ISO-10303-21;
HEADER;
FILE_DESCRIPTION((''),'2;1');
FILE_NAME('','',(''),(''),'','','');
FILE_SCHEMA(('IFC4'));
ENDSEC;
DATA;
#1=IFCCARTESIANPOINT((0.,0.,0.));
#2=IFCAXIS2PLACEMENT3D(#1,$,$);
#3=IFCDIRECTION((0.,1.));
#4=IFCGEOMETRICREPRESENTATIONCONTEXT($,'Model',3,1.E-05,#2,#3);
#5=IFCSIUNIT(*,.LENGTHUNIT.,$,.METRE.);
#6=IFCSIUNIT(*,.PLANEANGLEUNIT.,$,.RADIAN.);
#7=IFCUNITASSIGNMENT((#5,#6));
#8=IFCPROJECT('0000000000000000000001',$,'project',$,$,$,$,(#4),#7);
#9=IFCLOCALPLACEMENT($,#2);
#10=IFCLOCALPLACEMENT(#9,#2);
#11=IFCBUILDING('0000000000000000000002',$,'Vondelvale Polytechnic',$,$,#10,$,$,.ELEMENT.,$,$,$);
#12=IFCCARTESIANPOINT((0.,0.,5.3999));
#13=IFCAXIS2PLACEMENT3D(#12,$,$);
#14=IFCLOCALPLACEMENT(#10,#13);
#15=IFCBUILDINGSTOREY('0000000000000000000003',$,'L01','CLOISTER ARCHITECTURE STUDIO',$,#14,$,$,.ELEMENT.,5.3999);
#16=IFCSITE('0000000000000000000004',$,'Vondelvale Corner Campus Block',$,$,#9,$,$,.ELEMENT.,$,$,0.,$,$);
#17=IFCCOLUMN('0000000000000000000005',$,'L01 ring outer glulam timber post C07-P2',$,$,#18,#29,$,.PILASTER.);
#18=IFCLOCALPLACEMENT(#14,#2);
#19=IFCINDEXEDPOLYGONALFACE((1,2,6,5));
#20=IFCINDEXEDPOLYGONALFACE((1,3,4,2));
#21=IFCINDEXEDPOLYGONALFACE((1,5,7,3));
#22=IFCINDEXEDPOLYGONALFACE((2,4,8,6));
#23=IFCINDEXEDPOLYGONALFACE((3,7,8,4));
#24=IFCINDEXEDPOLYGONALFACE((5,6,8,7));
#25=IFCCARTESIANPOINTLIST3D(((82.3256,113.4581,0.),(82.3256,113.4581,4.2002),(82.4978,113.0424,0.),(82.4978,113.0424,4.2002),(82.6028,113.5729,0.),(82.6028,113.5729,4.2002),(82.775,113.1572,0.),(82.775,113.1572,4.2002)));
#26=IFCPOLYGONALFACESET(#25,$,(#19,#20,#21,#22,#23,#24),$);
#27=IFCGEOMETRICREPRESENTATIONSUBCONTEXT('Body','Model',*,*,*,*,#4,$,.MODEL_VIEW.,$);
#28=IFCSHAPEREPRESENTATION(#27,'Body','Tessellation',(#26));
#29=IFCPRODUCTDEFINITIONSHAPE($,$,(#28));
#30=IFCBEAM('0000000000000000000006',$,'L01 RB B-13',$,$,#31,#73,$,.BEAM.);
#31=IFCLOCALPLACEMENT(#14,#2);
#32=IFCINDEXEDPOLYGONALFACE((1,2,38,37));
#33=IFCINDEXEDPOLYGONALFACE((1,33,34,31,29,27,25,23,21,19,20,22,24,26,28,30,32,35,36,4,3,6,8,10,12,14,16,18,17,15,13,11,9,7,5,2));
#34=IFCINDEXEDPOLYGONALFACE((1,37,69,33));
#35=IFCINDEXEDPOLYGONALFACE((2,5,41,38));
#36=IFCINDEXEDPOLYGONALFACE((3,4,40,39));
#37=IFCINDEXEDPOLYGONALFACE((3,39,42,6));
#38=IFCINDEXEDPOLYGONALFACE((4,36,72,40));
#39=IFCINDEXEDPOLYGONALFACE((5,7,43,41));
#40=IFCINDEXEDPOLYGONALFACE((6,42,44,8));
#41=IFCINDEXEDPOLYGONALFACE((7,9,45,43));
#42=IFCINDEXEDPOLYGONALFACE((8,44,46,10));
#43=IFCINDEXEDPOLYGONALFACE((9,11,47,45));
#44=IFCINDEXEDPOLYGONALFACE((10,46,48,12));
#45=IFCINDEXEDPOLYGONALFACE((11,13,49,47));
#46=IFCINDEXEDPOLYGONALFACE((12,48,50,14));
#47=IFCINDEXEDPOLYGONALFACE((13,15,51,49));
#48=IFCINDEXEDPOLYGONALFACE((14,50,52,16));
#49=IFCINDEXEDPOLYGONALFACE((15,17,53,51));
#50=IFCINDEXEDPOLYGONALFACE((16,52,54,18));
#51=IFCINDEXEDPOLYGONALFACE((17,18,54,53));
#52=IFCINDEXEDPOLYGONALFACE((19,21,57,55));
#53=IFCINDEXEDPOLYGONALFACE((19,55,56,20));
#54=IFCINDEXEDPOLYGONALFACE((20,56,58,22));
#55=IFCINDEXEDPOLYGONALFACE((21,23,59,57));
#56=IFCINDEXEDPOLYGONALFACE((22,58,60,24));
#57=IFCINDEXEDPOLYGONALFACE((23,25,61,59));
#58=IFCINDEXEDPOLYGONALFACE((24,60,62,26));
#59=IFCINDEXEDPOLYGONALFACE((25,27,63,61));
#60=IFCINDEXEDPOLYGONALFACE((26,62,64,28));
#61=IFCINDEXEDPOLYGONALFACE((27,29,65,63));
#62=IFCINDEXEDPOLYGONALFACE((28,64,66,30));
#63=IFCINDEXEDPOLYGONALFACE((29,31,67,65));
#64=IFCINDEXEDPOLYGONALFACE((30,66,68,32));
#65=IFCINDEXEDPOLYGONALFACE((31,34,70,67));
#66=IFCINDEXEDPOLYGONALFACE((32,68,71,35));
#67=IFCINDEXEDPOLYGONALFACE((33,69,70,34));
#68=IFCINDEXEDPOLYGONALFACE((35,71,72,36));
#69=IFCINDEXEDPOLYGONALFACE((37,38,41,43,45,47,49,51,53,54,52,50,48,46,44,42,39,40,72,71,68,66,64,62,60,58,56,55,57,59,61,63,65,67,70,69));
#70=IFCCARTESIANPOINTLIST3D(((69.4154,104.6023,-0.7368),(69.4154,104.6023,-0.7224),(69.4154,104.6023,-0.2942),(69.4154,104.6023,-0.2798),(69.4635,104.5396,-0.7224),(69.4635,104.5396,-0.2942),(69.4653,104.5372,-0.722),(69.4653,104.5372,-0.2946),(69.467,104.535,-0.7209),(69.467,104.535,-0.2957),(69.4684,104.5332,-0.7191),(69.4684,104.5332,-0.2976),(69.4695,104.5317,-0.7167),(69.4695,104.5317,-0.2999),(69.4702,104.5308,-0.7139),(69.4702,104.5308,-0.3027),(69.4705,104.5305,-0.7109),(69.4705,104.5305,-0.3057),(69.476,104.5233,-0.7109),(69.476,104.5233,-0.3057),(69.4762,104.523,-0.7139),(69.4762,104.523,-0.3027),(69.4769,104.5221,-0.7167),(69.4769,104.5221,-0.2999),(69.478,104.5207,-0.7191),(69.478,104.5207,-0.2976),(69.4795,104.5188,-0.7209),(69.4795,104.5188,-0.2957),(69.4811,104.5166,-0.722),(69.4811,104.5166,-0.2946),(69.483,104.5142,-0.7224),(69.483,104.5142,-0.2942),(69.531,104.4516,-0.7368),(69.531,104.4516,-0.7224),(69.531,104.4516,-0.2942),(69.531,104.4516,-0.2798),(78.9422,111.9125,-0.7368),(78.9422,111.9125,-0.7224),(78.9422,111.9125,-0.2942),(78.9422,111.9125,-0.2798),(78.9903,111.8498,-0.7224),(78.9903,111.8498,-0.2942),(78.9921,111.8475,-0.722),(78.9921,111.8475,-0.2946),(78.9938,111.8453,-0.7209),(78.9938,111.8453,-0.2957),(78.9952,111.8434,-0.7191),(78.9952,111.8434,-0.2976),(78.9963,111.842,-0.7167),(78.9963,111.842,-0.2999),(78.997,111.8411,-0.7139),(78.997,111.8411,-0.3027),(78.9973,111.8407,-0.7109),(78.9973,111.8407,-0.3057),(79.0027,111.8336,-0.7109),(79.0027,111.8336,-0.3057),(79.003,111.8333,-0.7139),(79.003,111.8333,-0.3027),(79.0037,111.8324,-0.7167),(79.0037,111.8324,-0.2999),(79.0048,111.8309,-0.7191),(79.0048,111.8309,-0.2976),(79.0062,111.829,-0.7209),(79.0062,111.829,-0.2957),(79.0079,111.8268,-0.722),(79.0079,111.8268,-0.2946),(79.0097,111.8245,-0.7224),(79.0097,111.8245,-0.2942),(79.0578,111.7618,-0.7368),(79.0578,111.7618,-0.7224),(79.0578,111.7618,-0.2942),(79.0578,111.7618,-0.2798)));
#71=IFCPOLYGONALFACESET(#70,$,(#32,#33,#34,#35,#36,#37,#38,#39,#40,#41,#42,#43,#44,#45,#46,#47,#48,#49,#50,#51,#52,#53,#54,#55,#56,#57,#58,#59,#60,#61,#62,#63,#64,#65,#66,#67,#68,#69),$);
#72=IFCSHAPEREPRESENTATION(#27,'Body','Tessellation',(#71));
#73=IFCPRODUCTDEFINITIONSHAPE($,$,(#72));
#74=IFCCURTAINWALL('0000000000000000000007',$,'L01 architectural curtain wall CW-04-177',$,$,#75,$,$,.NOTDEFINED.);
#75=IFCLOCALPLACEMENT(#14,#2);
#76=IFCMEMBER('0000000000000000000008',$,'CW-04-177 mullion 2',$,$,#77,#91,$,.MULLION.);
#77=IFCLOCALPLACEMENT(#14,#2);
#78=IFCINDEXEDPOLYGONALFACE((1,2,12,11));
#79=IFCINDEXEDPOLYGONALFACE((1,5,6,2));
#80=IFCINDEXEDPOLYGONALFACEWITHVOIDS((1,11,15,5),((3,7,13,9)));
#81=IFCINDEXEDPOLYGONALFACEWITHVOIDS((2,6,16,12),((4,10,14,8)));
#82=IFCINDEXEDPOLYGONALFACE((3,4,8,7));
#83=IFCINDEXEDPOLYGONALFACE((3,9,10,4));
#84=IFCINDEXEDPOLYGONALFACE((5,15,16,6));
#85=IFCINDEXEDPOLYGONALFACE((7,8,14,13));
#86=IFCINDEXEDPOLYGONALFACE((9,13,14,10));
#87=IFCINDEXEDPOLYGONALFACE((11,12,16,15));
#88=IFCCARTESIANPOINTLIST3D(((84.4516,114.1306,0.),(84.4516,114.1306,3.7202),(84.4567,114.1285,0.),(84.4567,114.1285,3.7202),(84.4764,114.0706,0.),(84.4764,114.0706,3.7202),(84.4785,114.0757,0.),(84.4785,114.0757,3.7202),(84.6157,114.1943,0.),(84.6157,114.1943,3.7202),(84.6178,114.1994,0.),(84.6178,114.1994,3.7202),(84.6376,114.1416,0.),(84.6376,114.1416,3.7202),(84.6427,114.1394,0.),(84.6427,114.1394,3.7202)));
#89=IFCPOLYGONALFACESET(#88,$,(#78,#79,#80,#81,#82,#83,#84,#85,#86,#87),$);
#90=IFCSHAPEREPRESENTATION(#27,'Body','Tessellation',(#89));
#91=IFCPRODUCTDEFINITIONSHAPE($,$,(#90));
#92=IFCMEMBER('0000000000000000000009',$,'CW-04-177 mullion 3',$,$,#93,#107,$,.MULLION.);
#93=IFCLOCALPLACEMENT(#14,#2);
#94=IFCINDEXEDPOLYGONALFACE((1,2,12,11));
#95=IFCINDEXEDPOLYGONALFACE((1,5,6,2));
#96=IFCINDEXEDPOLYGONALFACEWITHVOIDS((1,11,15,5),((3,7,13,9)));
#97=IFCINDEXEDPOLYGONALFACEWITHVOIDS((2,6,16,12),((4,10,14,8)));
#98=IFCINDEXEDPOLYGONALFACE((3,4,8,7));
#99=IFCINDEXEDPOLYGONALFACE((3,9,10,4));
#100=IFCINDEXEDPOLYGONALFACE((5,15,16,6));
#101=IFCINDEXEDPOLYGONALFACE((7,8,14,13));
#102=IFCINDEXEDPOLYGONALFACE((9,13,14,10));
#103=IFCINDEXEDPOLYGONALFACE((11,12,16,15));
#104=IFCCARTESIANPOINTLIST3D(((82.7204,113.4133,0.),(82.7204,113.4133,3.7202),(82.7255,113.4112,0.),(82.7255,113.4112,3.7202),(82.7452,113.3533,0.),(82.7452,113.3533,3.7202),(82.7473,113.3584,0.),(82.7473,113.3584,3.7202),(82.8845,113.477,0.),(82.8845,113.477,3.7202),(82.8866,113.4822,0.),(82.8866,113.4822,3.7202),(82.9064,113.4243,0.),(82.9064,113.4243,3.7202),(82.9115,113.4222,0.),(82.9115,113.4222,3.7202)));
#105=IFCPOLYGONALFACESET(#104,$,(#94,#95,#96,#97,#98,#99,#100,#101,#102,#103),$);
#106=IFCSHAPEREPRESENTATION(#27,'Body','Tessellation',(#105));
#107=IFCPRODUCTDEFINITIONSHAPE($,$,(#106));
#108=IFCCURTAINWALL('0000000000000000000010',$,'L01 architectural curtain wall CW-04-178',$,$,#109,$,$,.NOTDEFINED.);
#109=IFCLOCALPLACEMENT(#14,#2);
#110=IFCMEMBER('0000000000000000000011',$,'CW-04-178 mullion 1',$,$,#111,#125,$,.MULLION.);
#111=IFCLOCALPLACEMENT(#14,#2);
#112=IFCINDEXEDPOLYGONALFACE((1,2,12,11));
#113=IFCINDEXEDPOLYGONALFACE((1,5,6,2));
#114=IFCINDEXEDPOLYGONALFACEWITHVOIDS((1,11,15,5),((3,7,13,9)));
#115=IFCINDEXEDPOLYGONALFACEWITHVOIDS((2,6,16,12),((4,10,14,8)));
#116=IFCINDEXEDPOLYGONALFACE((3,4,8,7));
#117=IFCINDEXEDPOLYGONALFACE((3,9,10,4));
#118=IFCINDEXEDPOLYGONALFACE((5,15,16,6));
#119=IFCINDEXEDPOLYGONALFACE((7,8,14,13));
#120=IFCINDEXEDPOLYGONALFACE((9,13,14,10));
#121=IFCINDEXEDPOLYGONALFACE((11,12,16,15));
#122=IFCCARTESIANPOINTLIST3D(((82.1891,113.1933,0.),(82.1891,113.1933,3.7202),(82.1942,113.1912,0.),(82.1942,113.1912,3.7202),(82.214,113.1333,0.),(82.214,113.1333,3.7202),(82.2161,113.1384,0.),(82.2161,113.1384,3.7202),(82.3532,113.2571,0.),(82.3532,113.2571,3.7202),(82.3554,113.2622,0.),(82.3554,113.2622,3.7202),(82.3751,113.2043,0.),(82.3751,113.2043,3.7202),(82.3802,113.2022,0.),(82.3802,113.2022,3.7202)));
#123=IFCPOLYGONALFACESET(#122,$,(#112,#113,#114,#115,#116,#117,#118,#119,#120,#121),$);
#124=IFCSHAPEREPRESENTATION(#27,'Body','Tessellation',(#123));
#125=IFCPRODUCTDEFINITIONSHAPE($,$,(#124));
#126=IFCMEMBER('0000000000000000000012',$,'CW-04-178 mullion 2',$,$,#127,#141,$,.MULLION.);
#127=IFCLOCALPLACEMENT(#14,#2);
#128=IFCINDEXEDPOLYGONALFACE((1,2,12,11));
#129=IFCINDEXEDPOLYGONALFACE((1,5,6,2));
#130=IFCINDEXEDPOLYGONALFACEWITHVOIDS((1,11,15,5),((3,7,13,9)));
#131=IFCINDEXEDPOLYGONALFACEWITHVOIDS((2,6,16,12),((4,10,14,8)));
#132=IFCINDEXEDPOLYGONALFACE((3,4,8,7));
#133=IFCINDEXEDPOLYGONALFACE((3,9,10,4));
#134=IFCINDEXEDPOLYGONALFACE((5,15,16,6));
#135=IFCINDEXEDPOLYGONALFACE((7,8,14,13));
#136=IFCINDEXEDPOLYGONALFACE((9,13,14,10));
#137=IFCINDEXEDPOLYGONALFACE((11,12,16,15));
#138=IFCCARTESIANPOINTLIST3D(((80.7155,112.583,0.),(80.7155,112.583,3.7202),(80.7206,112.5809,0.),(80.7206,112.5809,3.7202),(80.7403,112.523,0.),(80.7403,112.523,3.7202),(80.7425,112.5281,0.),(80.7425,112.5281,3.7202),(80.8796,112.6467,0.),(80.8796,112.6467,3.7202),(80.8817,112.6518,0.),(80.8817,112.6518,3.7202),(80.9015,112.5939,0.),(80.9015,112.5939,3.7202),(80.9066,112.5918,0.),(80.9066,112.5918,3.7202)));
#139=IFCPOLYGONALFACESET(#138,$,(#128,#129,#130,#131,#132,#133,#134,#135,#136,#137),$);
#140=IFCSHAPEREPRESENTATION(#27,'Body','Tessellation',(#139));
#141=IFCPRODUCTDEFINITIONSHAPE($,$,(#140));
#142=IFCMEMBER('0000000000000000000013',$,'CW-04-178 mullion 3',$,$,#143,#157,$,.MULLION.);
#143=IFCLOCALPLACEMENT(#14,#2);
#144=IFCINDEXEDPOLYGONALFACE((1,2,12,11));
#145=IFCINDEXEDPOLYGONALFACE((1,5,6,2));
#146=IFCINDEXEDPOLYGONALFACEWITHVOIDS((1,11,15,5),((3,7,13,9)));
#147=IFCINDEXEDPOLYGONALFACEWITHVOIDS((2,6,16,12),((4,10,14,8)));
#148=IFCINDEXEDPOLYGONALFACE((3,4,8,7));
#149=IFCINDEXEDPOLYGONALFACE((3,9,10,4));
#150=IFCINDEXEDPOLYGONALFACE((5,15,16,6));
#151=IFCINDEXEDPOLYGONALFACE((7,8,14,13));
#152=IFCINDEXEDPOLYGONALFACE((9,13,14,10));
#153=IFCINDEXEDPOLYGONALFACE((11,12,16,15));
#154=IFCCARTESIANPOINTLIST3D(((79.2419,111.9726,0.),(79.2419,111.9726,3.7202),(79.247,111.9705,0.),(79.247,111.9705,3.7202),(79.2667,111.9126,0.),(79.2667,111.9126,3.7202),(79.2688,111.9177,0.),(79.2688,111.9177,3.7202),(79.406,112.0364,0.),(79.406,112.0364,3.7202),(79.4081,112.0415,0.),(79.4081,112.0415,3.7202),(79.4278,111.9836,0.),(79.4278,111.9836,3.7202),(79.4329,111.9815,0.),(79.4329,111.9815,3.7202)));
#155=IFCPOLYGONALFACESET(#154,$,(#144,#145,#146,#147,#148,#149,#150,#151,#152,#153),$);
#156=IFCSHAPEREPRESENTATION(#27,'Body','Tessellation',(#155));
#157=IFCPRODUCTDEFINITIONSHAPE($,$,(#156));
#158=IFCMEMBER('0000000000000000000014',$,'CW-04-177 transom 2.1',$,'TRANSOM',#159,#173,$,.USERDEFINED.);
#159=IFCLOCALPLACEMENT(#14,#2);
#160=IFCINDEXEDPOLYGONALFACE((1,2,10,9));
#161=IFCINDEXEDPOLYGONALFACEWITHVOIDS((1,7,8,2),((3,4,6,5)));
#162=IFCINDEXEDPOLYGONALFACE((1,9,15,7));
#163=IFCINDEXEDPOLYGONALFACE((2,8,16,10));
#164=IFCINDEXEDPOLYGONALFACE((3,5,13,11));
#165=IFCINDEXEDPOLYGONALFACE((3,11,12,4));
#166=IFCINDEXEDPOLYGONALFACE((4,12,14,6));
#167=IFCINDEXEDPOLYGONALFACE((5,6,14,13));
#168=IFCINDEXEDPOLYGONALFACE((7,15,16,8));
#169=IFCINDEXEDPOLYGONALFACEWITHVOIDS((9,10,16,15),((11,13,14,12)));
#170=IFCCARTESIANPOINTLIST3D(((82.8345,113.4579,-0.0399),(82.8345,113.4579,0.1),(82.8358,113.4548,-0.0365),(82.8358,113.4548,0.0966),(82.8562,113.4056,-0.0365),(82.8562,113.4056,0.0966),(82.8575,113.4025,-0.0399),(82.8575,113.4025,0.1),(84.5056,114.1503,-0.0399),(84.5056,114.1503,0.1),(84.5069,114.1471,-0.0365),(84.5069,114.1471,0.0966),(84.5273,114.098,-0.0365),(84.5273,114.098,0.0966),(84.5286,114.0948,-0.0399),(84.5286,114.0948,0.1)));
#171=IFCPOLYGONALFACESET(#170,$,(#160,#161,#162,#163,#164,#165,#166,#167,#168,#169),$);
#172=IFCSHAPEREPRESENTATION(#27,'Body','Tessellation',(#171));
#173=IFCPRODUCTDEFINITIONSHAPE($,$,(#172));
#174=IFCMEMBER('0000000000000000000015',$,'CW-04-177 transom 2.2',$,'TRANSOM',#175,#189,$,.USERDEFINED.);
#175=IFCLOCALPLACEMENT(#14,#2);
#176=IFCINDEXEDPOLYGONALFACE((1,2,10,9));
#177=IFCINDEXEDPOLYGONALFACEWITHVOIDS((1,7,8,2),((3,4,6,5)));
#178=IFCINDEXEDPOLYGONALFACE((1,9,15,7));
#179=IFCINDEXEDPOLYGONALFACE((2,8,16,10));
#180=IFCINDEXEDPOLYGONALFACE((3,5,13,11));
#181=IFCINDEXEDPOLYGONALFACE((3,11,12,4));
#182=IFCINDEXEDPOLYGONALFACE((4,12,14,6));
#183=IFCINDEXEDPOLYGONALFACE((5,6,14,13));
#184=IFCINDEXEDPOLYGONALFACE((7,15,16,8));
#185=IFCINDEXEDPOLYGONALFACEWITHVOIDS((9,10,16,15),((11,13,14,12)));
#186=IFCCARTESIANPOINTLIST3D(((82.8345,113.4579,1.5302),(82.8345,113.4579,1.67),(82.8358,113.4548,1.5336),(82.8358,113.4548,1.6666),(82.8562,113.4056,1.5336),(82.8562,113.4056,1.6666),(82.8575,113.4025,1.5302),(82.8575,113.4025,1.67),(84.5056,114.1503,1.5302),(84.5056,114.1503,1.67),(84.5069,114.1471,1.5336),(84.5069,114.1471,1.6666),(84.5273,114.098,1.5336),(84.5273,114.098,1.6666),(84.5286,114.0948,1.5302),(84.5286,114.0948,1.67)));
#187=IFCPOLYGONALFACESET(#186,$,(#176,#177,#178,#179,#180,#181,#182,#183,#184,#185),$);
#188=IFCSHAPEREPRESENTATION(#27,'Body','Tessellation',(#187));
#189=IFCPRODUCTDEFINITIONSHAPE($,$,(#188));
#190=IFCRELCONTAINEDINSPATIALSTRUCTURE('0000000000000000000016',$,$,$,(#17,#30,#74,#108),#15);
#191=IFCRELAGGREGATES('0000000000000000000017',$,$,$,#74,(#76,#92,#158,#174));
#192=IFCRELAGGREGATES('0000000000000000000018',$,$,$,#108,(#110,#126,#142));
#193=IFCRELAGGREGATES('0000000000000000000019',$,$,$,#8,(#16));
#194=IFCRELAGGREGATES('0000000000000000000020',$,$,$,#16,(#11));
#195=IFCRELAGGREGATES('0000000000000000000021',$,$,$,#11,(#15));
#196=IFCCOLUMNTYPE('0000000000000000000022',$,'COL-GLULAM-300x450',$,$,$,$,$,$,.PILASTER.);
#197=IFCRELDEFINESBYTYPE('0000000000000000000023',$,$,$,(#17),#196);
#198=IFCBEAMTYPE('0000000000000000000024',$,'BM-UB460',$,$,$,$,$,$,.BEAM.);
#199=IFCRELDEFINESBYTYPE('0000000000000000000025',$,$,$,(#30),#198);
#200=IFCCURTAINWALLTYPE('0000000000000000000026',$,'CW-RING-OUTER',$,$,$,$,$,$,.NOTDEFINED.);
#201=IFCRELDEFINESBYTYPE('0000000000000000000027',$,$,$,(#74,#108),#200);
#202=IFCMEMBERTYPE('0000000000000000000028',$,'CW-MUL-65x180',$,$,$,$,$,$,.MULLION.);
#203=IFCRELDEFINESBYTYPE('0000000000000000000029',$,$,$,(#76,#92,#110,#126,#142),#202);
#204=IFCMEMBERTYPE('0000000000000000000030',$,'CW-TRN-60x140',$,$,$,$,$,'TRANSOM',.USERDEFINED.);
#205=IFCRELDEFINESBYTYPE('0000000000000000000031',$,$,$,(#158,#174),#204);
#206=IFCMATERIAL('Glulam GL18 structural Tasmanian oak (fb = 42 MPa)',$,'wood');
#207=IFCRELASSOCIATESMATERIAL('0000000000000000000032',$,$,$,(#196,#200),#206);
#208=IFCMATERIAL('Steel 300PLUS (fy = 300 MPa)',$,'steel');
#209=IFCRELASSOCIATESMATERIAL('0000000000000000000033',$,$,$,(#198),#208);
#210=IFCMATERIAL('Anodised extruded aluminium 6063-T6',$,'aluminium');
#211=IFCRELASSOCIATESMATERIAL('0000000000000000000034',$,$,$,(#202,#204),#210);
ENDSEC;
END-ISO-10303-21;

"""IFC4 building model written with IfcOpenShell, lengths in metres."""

from ifc_helpers import new_model, si_unit, direction, frame, origin, origin_2d, place, context, subcontext, project, spatial, rectangle, hollow_rectangle, i_section, extrude, material, material_profile, profile_set, type_object, element, aggregate, save


model = new_model("IFC4")

# Units and contexts
model_context = context("Model", 3, precision=1e-05, world=origin(), true_north=direction((0.0, 1.0)))
body_context = subcontext(model_context, "Body", "Model", "MODEL_VIEW")
ifc_project = project(units=[si_unit("LENGTHUNIT", "METRE"), si_unit("PLANEANGLEUNIT", "RADIAN")], contexts=[model_context])

# Site, building, storey
site_placement = place(None, origin())
site = spatial("IfcSite", under=ifc_project, at=site_placement, Name="Vondelvale Corner Campus Block", CompositionType="ELEMENT", RefElevation=0.0)
building_placement = place(site_placement, origin())
building = spatial("IfcBuilding", under=site, at=building_placement, Name="Vondelvale Polytechnic", CompositionType="ELEMENT")
storey_placement = place(building_placement, frame((0.0, 0.0, 5.3999)))
storey = spatial("IfcBuildingStorey", under=building, at=storey_placement, Name="L01", Description="CLOISTER ARCHITECTURE STUDIO", CompositionType="ELEMENT", Elevation=5.3999)

# Column
ifc_material_1 = material(Name="Glulam GL18 structural Tasmanian oak (fb = 42 MPa)", Category="wood")
ifc_material_profile_1 = material_profile(ifc_material_1, rectangle(XDim=0.3, YDim=0.45, at=origin_2d()), Name="GL-POST-300x450")
ifc_profile_set_1 = profile_set([ifc_material_profile_1], Name="Glulam GL18 structural Tasmanian oak (fb = 42 MPa)")
column_type = type_object("IfcColumnType", Name="COL-GLULAM-300x450", PredefinedType="PILASTER", material=ifc_profile_set_1)
column_placement = place(storey_placement, frame((82.5503, 113.3076, 0.0), z_axis=(0.0, 0.0, 1.0), x_axis=(0.92388, 0.382683, 0.0)))
element("IfcColumn", 1, at=column_placement, inside=storey, type_object=column_type, Name="L01 ring outer glulam timber post C07-P2", PredefinedType="PILASTER", context=body_context, shape_type="SweptSolid", body=[
    extrude(rectangle(XDim=0.3, YDim=0.45, at=origin_2d()), origin(), (0.0, 0.0, 1.0), 4.2002),
])

# Beam
ifc_material_2 = material(Name="Steel 300PLUS (fy = 300 MPa)", Category="steel")
ifc_material_profile_2 = material_profile(ifc_material_2, i_section(OverallWidth=0.1899, OverallDepth=0.457, WebThickness=0.009, FlangeThickness=0.0144, FilletRadius=0.0115, at=origin_2d()), Name="460UB74.6")
ifc_profile_set_2 = profile_set([ifc_material_profile_2], Name="Steel 300PLUS (fy = 300 MPa)")
beam_type = type_object("IfcBeamType", Name="BM-UB460", PredefinedType="BEAM", material=ifc_profile_set_2)
beam_placement = place(storey_placement, frame((79.0, 111.8372, -0.5083), z_axis=(-0.79335, -0.608766, 0.0), x_axis=(0.608766, -0.79335, 0.0)))
element("IfcBeam", 2, at=beam_placement, inside=storey, type_object=beam_type, Name="L01 RB B-13", PredefinedType="BEAM", context=body_context, shape_type="SweptSolid", body=[
    extrude(i_section(OverallWidth=0.1899, OverallDepth=0.457, WebThickness=0.009, FlangeThickness=0.0144, FilletRadius=0.0115, at=origin_2d()), origin(), (0.0, 0.0, 1.0), 12.0083),
])

# Curtain walls, members
curtain_wall_type = type_object("IfcCurtainWallType", Name="CW-RING-OUTER", PredefinedType="NOTDEFINED", material=ifc_material_1)
curtain_wall_1_placement = place(storey_placement, origin())
curtain_wall_1 = element("IfcCurtainWall", 3, at=curtain_wall_1_placement, inside=storey, type_object=curtain_wall_type, Name="L01 architectural curtain wall CW-04-177", PredefinedType="NOTDEFINED")
ifc_material_3 = material(Name="Anodised extruded aluminium 6063-T6", Category="aluminium")
ifc_material_profile_3 = material_profile(ifc_material_3, hollow_rectangle(XDim=0.0649, YDim=0.1799, WallThickness=0.0039, at=origin_2d()), Name="CW-MUL-180x65")
ifc_profile_set_3 = profile_set([ifc_material_profile_3], Name="Anodised extruded aluminium 6063-T6")
member_type_1 = type_object("IfcMemberType", Name="CW-MUL-65x180", PredefinedType="MULLION", material=ifc_profile_set_3)
member_1_placement = place(storey_placement, frame((84.5471, 114.135, 0.0), z_axis=(0.0, 0.0, 1.0), x_axis=(0.382695, -0.923875, 0.0)))
member_1 = element("IfcMember", 4, at=member_1_placement, type_object=member_type_1, Name="CW-04-177 mullion 2", PredefinedType="MULLION", context=body_context, shape_type="SweptSolid", body=[
    extrude(hollow_rectangle(XDim=0.0649, YDim=0.1799, WallThickness=0.0039, at=origin_2d()), origin(), (0.0, 0.0, 1.0), 3.7202),
])
member_2_placement = place(storey_placement, frame((82.8159, 113.4177, 0.0), z_axis=(0.0, 0.0, 1.0), x_axis=(0.382695, -0.923875, 0.0)))
member_2 = element("IfcMember", 5, at=member_2_placement, type_object=member_type_1, Name="CW-04-177 mullion 3", PredefinedType="MULLION", context=body_context, shape_type="SweptSolid", body=[
    extrude(hollow_rectangle(XDim=0.0649, YDim=0.1799, WallThickness=0.0039, at=origin_2d()), origin(), (0.0, 0.0, 1.0), 3.7202),
])
curtain_wall_2_placement = place(storey_placement, origin())
curtain_wall_2 = element("IfcCurtainWall", 6, at=curtain_wall_2_placement, inside=storey, type_object=curtain_wall_type, Name="L01 architectural curtain wall CW-04-178", PredefinedType="NOTDEFINED")
member_3_placement = place(storey_placement, frame((82.2847, 113.1978, 0.0), z_axis=(0.0, 0.0, 1.0), x_axis=(0.382677, -0.923882, 0.0)))
member_3 = element("IfcMember", 7, at=member_3_placement, type_object=member_type_1, Name="CW-04-178 mullion 1", PredefinedType="MULLION", context=body_context, shape_type="SweptSolid", body=[
    extrude(hollow_rectangle(XDim=0.0649, YDim=0.1799, WallThickness=0.0039, at=origin_2d()), origin(), (0.0, 0.0, 1.0), 3.7202),
])
member_4_placement = place(storey_placement, frame((80.811, 112.5874, 0.0), z_axis=(0.0, 0.0, 1.0), x_axis=(0.382677, -0.923882, 0.0)))
member_4 = element("IfcMember", 8, at=member_4_placement, type_object=member_type_1, Name="CW-04-178 mullion 2", PredefinedType="MULLION", context=body_context, shape_type="SweptSolid", body=[
    extrude(hollow_rectangle(XDim=0.0649, YDim=0.1799, WallThickness=0.0039, at=origin_2d()), origin(), (0.0, 0.0, 1.0), 3.7202),
])
member_5_placement = place(storey_placement, frame((79.3374, 111.9771, 0.0), z_axis=(0.0, 0.0, 1.0), x_axis=(0.382677, -0.923882, 0.0)))
member_5 = element("IfcMember", 9, at=member_5_placement, type_object=member_type_1, Name="CW-04-178 mullion 3", PredefinedType="MULLION", context=body_context, shape_type="SweptSolid", body=[
    extrude(hollow_rectangle(XDim=0.0649, YDim=0.1799, WallThickness=0.0039, at=origin_2d()), origin(), (0.0, 0.0, 1.0), 3.7202),
])

# Members
ifc_material_profile_4 = material_profile(ifc_material_3, hollow_rectangle(XDim=0.0601, YDim=0.1399, WallThickness=0.0034, at=origin_2d()), Name="CW-TRN-140x60")
ifc_profile_set_4 = profile_set([ifc_material_profile_4], Name="Anodised extruded aluminium 6063-T6")
member_type_2 = type_object("IfcMemberType", Name="CW-TRN-60x140", ElementType="TRANSOM", PredefinedType="USERDEFINED", material=ifc_profile_set_4)
member_6_placement = place(storey_placement, frame((84.5171, 114.1226, 0.03), z_axis=(-0.923846, -0.382765, 0.0), x_axis=(0.382765, -0.923846, 0.0)))
member_6 = element("IfcMember", 10, at=member_6_placement, type_object=member_type_2, Name="CW-04-177 transom 2.1", ObjectType="TRANSOM", PredefinedType="USERDEFINED", context=body_context, shape_type="SweptSolid", body=[
    extrude(hollow_rectangle(XDim=0.0601, YDim=0.1399, WallThickness=0.0034, at=origin_2d()), origin(), (0.0, 0.0, 1.0), 1.8088),
])
member_7_placement = place(storey_placement, frame((84.5171, 114.1226, 1.6001), z_axis=(-0.923846, -0.382765, 0.0), x_axis=(0.382765, -0.923846, 0.0)))
member_7 = element("IfcMember", 11, at=member_7_placement, type_object=member_type_2, Name="CW-04-177 transom 2.2", ObjectType="TRANSOM", PredefinedType="USERDEFINED", context=body_context, shape_type="SweptSolid", body=[
    extrude(hollow_rectangle(XDim=0.0601, YDim=0.1399, WallThickness=0.0034, at=origin_2d()), origin(), (0.0, 0.0, 1.0), 1.8088),
])

aggregate(curtain_wall_1, [member_1, member_2, member_6, member_7])
aggregate(curtain_wall_2, [member_3, member_4, member_5])

save(model, "model.ifc")
